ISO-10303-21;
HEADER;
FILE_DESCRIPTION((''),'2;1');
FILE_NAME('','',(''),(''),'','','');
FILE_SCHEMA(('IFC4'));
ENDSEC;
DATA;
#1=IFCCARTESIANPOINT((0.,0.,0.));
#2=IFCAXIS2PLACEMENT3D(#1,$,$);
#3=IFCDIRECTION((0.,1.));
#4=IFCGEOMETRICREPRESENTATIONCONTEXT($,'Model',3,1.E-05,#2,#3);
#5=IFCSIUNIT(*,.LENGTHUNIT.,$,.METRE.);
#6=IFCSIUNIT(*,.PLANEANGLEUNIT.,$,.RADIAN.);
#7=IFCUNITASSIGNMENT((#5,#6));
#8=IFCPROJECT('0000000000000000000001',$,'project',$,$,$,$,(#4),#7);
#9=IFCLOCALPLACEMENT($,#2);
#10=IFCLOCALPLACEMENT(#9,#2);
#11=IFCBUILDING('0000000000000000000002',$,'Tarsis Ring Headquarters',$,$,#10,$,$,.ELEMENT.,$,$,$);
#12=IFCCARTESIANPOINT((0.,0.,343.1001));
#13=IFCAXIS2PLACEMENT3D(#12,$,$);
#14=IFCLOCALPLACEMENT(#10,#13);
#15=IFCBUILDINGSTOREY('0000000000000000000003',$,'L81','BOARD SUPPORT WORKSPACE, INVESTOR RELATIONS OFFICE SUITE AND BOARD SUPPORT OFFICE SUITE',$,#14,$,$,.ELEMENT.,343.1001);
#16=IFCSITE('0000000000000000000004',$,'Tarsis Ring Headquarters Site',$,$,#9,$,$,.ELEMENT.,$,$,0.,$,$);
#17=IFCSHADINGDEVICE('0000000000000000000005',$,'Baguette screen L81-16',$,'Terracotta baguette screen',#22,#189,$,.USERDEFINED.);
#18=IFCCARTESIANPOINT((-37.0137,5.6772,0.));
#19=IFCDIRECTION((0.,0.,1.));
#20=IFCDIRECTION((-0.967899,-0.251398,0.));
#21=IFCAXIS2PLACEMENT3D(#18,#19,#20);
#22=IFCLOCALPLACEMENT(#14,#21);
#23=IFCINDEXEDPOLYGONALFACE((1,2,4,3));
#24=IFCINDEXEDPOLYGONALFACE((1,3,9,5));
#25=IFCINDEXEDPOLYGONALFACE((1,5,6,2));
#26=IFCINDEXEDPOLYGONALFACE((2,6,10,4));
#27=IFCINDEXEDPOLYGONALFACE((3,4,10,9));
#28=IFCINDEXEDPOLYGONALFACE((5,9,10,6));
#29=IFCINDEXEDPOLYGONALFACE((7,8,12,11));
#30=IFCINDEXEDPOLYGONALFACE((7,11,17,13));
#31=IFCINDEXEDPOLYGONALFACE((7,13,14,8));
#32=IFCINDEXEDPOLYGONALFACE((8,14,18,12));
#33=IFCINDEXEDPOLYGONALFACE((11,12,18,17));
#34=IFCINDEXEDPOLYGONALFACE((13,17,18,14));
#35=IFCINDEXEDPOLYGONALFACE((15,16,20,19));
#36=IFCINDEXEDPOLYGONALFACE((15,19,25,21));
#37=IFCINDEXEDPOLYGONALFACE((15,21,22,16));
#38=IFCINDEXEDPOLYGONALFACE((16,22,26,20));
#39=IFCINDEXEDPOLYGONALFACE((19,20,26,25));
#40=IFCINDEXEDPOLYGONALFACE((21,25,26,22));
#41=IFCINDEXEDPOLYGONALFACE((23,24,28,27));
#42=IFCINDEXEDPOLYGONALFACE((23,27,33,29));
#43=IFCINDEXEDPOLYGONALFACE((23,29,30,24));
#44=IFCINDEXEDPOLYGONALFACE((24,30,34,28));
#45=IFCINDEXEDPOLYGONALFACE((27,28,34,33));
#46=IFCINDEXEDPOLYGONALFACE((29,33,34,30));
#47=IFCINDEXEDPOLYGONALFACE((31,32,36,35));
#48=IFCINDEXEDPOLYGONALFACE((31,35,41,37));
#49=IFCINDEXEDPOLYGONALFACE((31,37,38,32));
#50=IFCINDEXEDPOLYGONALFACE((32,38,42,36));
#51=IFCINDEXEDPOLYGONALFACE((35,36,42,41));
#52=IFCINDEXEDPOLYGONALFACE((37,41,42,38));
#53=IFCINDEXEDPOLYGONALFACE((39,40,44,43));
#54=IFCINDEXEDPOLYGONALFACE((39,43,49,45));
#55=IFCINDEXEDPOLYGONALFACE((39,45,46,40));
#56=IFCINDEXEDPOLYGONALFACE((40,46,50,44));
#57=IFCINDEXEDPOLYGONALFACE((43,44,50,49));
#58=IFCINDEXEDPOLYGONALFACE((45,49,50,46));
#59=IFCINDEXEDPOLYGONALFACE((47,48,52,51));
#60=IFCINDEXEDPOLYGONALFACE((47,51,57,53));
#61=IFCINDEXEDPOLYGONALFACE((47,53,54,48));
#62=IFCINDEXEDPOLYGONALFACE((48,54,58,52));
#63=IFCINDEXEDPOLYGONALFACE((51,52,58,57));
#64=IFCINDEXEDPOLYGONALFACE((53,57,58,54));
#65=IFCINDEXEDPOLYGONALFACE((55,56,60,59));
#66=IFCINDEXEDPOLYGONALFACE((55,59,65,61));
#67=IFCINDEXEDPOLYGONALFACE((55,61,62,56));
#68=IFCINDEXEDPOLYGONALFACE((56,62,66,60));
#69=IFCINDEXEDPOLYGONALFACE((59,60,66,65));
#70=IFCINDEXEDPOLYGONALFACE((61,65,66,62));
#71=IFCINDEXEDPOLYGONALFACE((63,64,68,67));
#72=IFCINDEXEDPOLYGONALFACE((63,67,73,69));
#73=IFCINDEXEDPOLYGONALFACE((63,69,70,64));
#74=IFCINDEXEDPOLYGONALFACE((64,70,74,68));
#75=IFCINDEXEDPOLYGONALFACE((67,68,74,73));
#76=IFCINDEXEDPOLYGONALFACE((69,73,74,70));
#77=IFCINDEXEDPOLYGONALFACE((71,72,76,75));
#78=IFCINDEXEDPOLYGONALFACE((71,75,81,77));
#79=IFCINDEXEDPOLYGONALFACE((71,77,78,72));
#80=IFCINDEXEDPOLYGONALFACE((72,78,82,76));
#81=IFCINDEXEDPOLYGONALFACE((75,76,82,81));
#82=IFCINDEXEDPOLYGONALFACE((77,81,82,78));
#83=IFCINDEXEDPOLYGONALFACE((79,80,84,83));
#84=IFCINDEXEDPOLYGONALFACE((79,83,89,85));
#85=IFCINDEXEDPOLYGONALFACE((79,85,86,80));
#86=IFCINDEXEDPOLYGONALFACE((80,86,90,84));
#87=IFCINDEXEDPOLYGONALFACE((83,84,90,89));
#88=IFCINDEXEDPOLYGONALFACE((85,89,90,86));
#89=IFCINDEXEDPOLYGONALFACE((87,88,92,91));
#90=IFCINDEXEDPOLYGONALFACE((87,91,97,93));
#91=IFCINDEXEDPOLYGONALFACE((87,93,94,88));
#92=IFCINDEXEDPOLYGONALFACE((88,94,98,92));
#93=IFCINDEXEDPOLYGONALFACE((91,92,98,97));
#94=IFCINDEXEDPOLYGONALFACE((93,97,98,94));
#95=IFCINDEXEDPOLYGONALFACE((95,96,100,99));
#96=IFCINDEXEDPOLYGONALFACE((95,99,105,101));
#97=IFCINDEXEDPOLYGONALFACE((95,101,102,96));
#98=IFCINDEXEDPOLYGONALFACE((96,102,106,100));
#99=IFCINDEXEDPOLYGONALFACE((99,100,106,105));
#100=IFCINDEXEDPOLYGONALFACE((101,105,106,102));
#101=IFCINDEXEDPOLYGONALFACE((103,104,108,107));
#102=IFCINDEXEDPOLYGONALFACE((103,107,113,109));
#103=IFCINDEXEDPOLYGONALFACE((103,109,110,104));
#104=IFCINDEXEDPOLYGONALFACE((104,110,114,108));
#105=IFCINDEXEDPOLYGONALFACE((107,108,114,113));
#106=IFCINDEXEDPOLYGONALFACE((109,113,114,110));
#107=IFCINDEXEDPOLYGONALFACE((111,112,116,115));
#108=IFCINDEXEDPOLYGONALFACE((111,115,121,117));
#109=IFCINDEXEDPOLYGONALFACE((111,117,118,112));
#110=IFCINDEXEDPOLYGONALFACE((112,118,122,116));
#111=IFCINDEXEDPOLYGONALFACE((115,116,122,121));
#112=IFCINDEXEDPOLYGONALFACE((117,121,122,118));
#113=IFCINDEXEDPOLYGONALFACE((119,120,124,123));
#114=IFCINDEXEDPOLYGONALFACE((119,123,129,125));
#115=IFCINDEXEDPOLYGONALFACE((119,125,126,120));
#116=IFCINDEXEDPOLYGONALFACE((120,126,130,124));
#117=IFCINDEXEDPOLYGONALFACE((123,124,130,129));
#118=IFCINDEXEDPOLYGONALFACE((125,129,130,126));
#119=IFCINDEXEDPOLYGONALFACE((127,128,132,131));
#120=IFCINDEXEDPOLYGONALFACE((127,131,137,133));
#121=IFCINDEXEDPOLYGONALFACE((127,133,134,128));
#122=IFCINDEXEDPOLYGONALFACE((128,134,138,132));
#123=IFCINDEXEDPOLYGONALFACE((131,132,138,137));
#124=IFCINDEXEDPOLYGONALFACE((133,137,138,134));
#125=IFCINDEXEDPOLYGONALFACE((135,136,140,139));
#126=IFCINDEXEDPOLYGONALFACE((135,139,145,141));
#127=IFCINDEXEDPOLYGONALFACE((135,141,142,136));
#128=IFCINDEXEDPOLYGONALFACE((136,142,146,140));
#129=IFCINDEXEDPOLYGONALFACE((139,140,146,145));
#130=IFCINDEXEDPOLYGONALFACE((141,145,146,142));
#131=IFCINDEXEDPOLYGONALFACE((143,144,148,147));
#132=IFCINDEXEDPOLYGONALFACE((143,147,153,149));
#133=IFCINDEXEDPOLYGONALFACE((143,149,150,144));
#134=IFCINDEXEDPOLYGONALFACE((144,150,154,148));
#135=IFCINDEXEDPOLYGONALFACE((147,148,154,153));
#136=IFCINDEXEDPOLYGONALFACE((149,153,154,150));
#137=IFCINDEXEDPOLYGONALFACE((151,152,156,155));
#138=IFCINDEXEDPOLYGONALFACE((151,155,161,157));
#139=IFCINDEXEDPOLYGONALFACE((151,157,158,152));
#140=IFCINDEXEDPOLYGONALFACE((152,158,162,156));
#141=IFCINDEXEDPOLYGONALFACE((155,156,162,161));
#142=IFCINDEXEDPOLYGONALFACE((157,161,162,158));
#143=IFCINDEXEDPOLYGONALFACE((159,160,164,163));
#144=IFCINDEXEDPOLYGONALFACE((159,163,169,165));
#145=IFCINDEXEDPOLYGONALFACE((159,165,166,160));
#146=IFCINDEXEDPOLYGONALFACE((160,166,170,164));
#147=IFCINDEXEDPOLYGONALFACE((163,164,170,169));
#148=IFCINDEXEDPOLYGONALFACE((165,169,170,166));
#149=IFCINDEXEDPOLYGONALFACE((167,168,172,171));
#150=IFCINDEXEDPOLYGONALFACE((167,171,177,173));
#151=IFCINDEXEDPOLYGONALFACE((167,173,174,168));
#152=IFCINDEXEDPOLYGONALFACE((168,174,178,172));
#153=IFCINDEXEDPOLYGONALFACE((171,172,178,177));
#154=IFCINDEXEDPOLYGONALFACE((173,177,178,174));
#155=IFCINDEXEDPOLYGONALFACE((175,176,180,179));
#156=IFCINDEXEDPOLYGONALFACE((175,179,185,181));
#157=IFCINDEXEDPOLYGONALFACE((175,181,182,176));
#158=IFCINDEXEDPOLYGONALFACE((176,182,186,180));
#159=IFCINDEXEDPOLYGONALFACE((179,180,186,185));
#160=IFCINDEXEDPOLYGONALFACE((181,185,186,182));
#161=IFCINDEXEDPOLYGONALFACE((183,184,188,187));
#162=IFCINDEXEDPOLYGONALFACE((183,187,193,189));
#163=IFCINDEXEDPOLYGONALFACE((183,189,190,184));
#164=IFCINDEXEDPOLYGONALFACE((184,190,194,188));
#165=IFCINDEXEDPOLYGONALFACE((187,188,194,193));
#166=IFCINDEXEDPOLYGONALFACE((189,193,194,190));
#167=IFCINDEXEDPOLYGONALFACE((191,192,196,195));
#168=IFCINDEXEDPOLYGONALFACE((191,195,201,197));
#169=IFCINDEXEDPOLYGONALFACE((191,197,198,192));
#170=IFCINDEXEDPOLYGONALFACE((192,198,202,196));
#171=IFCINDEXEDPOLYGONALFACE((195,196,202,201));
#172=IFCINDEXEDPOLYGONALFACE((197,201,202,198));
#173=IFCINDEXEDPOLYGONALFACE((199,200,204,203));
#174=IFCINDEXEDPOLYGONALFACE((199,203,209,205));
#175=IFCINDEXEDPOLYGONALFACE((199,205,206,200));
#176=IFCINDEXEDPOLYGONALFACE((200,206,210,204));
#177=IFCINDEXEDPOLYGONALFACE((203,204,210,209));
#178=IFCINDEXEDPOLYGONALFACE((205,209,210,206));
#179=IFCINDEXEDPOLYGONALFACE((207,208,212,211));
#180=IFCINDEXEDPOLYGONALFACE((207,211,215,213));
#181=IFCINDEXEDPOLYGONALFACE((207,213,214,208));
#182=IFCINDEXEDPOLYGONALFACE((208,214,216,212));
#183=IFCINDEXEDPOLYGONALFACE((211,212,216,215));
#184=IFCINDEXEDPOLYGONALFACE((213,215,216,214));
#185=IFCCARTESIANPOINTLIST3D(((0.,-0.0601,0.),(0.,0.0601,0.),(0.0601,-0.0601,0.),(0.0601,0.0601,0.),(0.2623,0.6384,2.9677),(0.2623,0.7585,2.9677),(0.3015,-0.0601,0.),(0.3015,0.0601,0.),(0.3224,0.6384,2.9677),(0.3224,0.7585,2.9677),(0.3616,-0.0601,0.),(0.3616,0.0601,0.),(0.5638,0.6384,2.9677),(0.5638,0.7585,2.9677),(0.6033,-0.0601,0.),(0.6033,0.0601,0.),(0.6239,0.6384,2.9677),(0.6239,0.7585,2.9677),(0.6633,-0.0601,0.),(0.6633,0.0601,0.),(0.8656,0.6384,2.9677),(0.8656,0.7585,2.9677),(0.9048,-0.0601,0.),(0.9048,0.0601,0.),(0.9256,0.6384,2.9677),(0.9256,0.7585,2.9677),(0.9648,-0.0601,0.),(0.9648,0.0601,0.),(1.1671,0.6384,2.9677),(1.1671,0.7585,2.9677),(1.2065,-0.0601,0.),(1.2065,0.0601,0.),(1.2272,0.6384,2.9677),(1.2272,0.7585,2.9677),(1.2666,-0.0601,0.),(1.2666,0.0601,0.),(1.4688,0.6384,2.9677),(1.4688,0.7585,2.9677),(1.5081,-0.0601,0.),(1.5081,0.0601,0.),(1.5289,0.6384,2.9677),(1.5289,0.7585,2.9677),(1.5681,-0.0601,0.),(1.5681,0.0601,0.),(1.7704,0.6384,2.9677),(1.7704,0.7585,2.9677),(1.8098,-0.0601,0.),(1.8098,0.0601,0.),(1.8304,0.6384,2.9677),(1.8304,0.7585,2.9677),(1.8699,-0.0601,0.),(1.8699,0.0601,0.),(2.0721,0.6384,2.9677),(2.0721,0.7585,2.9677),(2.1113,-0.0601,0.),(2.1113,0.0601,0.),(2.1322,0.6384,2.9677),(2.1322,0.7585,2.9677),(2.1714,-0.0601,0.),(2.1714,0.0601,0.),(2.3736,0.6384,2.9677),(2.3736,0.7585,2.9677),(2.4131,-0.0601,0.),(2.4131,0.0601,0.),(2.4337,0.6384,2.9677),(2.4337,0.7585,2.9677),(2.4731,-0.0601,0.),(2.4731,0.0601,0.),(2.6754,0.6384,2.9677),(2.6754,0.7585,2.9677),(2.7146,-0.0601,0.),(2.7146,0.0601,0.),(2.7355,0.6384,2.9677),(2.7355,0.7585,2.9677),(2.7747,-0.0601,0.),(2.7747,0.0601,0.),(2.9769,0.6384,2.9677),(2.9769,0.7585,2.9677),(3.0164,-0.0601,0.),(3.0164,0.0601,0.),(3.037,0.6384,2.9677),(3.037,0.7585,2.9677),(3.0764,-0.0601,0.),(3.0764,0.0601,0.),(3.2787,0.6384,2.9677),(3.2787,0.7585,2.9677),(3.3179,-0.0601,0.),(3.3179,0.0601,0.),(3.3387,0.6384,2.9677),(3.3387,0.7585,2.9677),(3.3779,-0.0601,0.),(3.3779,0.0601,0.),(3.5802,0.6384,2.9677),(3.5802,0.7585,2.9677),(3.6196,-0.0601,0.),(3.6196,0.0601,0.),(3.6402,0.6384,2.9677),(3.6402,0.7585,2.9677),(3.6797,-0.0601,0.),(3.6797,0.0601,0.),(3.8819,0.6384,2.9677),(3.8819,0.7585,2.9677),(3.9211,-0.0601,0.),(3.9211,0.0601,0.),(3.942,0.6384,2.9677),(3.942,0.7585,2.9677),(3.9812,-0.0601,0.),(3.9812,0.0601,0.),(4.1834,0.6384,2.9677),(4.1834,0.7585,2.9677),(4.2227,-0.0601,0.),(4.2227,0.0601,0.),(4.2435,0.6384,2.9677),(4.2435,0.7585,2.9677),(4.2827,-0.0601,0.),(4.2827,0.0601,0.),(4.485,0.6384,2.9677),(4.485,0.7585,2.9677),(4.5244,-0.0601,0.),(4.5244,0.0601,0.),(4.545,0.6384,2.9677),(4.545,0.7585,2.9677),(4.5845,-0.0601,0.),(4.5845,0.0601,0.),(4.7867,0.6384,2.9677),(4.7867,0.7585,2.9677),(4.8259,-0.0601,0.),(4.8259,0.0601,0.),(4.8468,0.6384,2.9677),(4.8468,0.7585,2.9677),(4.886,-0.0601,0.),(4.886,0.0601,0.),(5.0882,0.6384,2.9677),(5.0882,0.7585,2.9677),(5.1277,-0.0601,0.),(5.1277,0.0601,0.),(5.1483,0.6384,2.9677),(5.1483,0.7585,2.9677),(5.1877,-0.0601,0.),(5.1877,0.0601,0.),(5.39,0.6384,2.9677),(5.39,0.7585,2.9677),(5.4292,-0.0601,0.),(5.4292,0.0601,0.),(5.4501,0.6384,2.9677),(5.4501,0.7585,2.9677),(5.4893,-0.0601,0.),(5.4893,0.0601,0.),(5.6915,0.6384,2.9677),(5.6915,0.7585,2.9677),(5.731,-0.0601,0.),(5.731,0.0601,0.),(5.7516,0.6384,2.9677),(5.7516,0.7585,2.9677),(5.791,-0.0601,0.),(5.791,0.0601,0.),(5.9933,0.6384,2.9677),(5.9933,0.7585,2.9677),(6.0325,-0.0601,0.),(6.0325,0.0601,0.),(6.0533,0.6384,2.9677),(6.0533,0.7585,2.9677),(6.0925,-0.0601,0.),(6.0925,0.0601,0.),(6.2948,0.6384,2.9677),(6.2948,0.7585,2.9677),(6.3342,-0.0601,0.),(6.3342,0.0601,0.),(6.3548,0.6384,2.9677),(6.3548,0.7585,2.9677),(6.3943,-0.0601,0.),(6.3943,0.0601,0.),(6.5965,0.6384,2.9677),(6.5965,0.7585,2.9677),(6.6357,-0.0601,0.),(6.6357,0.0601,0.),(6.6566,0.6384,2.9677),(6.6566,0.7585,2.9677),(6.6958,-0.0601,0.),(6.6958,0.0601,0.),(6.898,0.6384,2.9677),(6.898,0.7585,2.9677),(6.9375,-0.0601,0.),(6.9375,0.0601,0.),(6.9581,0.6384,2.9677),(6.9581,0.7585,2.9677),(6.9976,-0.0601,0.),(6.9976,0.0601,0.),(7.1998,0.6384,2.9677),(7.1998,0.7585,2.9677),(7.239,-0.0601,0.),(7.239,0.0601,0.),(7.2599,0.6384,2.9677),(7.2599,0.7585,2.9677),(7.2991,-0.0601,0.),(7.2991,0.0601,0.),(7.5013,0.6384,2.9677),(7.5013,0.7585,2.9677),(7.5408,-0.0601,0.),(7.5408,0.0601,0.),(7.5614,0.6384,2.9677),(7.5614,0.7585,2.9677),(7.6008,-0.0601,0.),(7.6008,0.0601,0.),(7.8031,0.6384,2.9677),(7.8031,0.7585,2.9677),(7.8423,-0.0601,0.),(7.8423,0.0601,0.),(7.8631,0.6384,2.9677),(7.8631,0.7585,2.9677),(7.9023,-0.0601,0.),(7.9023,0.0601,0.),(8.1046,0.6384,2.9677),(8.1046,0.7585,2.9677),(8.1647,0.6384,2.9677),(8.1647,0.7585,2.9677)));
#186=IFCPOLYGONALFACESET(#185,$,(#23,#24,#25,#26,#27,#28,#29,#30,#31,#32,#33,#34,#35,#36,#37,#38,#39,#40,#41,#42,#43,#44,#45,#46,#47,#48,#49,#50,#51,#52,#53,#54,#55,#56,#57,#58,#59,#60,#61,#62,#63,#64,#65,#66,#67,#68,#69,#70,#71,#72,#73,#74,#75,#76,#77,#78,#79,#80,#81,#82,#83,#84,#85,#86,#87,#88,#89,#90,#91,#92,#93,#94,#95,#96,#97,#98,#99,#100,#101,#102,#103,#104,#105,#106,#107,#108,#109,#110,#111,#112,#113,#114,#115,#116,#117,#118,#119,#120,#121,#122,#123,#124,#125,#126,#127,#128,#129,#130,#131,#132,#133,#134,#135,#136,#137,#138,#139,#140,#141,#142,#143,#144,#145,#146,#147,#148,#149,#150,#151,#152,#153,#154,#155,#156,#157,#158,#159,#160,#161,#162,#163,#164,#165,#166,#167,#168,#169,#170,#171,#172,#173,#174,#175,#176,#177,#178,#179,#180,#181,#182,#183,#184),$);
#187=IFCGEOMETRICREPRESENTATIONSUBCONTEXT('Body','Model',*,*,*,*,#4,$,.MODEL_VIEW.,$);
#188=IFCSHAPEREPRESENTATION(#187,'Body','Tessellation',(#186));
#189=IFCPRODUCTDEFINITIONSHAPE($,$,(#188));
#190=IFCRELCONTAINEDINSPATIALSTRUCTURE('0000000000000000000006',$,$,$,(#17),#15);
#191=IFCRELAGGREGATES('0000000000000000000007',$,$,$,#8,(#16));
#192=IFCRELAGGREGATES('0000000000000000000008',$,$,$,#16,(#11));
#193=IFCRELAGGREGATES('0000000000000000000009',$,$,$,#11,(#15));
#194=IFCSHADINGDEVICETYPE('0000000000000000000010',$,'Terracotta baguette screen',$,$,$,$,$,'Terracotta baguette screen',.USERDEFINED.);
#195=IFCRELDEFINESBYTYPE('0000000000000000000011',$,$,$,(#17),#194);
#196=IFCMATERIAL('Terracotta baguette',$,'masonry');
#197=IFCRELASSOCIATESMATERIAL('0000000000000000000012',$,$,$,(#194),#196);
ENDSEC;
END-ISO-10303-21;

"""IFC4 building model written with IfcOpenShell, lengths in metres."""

from ifc_helpers import new_model, si_unit, direction, frame, frame_2d, origin, place, context, subcontext, project, spatial, rectangle, composite_profile, extrude, material, type_object, element, save


model = new_model("IFC4")

# Units and contexts
model_context = context("Model", 3, precision=1e-05, world=origin(), true_north=direction((0.0, 1.0)))
body_context = subcontext(model_context, "Body", "Model", "MODEL_VIEW")
ifc_project = project(units=[si_unit("LENGTHUNIT", "METRE"), si_unit("PLANEANGLEUNIT", "RADIAN")], contexts=[model_context])

# Site, building, storey
site_placement = place(None, origin())
site = spatial("IfcSite", under=ifc_project, at=site_placement, Name="Tarsis Ring Headquarters Site", CompositionType="ELEMENT", RefElevation=0.0)
building_placement = place(site_placement, origin())
building = spatial("IfcBuilding", under=site, at=building_placement, Name="Tarsis Ring Headquarters", CompositionType="ELEMENT")
storey_placement = place(building_placement, frame((0.0, 0.0, 343.1001)))
storey = spatial("IfcBuildingStorey", under=building, at=storey_placement, Name="L81", Description="BOARD SUPPORT WORKSPACE, INVESTOR RELATIONS OFFICE SUITE AND BOARD SUPPORT OFFICE SUITE", CompositionType="ELEMENT", Elevation=343.1001)

# Shading device
ifc_material_1 = material(Name="Terracotta baguette", Category="masonry")
shading_device_type = type_object("IfcShadingDeviceType", Name="Terracotta baguette screen", ElementType="Terracotta baguette screen", PredefinedType="USERDEFINED", material=ifc_material_1)
shading_device_1_placement = place(storey_placement, frame((-37.0137, 5.6772, 0.0), z_axis=(0.0, 0.0, 1.0), x_axis=(-0.967899, -0.251398, 0.0)))
element("IfcShadingDevice", 1, at=shading_device_1_placement, inside=storey, type_object=shading_device_type, Name="Baguette screen L81-16", ObjectType="Terracotta baguette screen", PredefinedType="USERDEFINED", context=body_context, shape_type="SweptSolid", body=[
    extrude(composite_profile([rectangle(XDim=0.0601, YDim=0.1201, at=frame_2d((0.03, 0.0))), rectangle(XDim=0.0601, YDim=0.1201, at=frame_2d((0.3315, 0.0))), rectangle(XDim=0.0601, YDim=0.1201, at=frame_2d((0.6333, 0.0))), rectangle(XDim=0.0601, YDim=0.1201, at=frame_2d((0.9348, 0.0))), rectangle(XDim=0.0601, YDim=0.1201, at=frame_2d((1.2366, 0.0))), rectangle(XDim=0.0601, YDim=0.1201, at=frame_2d((1.5381, 0.0))), rectangle(XDim=0.0601, YDim=0.1201, at=frame_2d((1.8398, 0.0))), rectangle(XDim=0.0601, YDim=0.1201, at=frame_2d((2.1414, 0.0))), rectangle(XDim=0.0601, YDim=0.1201, at=frame_2d((2.4431, 0.0))), rectangle(XDim=0.0601, YDim=0.1201, at=frame_2d((2.7446, 0.0))), rectangle(XDim=0.0601, YDim=0.1201, at=frame_2d((3.0464, 0.0))), rectangle(XDim=0.0601, YDim=0.1201, at=frame_2d((3.3479, 0.0))), rectangle(XDim=0.0601, YDim=0.1201, at=frame_2d((3.6497, 0.0))), rectangle(XDim=0.0601, YDim=0.1201, at=frame_2d((3.9512, 0.0))), rectangle(XDim=0.0601, YDim=0.1201, at=frame_2d((4.2527, 0.0))), rectangle(XDim=0.0601, YDim=0.1201, at=frame_2d((4.5544, 0.0))), rectangle(XDim=0.0601, YDim=0.1201, at=frame_2d((4.856, 0.0))), rectangle(XDim=0.0601, YDim=0.1201, at=frame_2d((5.1577, 0.0))), rectangle(XDim=0.0601, YDim=0.1201, at=frame_2d((5.4592, 0.0))), rectangle(XDim=0.0601, YDim=0.1201, at=frame_2d((5.761, 0.0))), rectangle(XDim=0.0601, YDim=0.1201, at=frame_2d((6.0625, 0.0))), rectangle(XDim=0.0601, YDim=0.1201, at=frame_2d((6.3643, 0.0))), rectangle(XDim=0.0601, YDim=0.1201, at=frame_2d((6.6658, 0.0))), rectangle(XDim=0.0601, YDim=0.1201, at=frame_2d((6.9675, 0.0))), rectangle(XDim=0.0601, YDim=0.1201, at=frame_2d((7.269, 0.0))), rectangle(XDim=0.0601, YDim=0.1201, at=frame_2d((7.5708, 0.0))), rectangle(XDim=0.0601, YDim=0.1201, at=frame_2d((7.8723, 0.0)))]), origin(), (0.085719, 0.228257, 0.96982), 3.0601),
])

save(model, "model.ifc")
